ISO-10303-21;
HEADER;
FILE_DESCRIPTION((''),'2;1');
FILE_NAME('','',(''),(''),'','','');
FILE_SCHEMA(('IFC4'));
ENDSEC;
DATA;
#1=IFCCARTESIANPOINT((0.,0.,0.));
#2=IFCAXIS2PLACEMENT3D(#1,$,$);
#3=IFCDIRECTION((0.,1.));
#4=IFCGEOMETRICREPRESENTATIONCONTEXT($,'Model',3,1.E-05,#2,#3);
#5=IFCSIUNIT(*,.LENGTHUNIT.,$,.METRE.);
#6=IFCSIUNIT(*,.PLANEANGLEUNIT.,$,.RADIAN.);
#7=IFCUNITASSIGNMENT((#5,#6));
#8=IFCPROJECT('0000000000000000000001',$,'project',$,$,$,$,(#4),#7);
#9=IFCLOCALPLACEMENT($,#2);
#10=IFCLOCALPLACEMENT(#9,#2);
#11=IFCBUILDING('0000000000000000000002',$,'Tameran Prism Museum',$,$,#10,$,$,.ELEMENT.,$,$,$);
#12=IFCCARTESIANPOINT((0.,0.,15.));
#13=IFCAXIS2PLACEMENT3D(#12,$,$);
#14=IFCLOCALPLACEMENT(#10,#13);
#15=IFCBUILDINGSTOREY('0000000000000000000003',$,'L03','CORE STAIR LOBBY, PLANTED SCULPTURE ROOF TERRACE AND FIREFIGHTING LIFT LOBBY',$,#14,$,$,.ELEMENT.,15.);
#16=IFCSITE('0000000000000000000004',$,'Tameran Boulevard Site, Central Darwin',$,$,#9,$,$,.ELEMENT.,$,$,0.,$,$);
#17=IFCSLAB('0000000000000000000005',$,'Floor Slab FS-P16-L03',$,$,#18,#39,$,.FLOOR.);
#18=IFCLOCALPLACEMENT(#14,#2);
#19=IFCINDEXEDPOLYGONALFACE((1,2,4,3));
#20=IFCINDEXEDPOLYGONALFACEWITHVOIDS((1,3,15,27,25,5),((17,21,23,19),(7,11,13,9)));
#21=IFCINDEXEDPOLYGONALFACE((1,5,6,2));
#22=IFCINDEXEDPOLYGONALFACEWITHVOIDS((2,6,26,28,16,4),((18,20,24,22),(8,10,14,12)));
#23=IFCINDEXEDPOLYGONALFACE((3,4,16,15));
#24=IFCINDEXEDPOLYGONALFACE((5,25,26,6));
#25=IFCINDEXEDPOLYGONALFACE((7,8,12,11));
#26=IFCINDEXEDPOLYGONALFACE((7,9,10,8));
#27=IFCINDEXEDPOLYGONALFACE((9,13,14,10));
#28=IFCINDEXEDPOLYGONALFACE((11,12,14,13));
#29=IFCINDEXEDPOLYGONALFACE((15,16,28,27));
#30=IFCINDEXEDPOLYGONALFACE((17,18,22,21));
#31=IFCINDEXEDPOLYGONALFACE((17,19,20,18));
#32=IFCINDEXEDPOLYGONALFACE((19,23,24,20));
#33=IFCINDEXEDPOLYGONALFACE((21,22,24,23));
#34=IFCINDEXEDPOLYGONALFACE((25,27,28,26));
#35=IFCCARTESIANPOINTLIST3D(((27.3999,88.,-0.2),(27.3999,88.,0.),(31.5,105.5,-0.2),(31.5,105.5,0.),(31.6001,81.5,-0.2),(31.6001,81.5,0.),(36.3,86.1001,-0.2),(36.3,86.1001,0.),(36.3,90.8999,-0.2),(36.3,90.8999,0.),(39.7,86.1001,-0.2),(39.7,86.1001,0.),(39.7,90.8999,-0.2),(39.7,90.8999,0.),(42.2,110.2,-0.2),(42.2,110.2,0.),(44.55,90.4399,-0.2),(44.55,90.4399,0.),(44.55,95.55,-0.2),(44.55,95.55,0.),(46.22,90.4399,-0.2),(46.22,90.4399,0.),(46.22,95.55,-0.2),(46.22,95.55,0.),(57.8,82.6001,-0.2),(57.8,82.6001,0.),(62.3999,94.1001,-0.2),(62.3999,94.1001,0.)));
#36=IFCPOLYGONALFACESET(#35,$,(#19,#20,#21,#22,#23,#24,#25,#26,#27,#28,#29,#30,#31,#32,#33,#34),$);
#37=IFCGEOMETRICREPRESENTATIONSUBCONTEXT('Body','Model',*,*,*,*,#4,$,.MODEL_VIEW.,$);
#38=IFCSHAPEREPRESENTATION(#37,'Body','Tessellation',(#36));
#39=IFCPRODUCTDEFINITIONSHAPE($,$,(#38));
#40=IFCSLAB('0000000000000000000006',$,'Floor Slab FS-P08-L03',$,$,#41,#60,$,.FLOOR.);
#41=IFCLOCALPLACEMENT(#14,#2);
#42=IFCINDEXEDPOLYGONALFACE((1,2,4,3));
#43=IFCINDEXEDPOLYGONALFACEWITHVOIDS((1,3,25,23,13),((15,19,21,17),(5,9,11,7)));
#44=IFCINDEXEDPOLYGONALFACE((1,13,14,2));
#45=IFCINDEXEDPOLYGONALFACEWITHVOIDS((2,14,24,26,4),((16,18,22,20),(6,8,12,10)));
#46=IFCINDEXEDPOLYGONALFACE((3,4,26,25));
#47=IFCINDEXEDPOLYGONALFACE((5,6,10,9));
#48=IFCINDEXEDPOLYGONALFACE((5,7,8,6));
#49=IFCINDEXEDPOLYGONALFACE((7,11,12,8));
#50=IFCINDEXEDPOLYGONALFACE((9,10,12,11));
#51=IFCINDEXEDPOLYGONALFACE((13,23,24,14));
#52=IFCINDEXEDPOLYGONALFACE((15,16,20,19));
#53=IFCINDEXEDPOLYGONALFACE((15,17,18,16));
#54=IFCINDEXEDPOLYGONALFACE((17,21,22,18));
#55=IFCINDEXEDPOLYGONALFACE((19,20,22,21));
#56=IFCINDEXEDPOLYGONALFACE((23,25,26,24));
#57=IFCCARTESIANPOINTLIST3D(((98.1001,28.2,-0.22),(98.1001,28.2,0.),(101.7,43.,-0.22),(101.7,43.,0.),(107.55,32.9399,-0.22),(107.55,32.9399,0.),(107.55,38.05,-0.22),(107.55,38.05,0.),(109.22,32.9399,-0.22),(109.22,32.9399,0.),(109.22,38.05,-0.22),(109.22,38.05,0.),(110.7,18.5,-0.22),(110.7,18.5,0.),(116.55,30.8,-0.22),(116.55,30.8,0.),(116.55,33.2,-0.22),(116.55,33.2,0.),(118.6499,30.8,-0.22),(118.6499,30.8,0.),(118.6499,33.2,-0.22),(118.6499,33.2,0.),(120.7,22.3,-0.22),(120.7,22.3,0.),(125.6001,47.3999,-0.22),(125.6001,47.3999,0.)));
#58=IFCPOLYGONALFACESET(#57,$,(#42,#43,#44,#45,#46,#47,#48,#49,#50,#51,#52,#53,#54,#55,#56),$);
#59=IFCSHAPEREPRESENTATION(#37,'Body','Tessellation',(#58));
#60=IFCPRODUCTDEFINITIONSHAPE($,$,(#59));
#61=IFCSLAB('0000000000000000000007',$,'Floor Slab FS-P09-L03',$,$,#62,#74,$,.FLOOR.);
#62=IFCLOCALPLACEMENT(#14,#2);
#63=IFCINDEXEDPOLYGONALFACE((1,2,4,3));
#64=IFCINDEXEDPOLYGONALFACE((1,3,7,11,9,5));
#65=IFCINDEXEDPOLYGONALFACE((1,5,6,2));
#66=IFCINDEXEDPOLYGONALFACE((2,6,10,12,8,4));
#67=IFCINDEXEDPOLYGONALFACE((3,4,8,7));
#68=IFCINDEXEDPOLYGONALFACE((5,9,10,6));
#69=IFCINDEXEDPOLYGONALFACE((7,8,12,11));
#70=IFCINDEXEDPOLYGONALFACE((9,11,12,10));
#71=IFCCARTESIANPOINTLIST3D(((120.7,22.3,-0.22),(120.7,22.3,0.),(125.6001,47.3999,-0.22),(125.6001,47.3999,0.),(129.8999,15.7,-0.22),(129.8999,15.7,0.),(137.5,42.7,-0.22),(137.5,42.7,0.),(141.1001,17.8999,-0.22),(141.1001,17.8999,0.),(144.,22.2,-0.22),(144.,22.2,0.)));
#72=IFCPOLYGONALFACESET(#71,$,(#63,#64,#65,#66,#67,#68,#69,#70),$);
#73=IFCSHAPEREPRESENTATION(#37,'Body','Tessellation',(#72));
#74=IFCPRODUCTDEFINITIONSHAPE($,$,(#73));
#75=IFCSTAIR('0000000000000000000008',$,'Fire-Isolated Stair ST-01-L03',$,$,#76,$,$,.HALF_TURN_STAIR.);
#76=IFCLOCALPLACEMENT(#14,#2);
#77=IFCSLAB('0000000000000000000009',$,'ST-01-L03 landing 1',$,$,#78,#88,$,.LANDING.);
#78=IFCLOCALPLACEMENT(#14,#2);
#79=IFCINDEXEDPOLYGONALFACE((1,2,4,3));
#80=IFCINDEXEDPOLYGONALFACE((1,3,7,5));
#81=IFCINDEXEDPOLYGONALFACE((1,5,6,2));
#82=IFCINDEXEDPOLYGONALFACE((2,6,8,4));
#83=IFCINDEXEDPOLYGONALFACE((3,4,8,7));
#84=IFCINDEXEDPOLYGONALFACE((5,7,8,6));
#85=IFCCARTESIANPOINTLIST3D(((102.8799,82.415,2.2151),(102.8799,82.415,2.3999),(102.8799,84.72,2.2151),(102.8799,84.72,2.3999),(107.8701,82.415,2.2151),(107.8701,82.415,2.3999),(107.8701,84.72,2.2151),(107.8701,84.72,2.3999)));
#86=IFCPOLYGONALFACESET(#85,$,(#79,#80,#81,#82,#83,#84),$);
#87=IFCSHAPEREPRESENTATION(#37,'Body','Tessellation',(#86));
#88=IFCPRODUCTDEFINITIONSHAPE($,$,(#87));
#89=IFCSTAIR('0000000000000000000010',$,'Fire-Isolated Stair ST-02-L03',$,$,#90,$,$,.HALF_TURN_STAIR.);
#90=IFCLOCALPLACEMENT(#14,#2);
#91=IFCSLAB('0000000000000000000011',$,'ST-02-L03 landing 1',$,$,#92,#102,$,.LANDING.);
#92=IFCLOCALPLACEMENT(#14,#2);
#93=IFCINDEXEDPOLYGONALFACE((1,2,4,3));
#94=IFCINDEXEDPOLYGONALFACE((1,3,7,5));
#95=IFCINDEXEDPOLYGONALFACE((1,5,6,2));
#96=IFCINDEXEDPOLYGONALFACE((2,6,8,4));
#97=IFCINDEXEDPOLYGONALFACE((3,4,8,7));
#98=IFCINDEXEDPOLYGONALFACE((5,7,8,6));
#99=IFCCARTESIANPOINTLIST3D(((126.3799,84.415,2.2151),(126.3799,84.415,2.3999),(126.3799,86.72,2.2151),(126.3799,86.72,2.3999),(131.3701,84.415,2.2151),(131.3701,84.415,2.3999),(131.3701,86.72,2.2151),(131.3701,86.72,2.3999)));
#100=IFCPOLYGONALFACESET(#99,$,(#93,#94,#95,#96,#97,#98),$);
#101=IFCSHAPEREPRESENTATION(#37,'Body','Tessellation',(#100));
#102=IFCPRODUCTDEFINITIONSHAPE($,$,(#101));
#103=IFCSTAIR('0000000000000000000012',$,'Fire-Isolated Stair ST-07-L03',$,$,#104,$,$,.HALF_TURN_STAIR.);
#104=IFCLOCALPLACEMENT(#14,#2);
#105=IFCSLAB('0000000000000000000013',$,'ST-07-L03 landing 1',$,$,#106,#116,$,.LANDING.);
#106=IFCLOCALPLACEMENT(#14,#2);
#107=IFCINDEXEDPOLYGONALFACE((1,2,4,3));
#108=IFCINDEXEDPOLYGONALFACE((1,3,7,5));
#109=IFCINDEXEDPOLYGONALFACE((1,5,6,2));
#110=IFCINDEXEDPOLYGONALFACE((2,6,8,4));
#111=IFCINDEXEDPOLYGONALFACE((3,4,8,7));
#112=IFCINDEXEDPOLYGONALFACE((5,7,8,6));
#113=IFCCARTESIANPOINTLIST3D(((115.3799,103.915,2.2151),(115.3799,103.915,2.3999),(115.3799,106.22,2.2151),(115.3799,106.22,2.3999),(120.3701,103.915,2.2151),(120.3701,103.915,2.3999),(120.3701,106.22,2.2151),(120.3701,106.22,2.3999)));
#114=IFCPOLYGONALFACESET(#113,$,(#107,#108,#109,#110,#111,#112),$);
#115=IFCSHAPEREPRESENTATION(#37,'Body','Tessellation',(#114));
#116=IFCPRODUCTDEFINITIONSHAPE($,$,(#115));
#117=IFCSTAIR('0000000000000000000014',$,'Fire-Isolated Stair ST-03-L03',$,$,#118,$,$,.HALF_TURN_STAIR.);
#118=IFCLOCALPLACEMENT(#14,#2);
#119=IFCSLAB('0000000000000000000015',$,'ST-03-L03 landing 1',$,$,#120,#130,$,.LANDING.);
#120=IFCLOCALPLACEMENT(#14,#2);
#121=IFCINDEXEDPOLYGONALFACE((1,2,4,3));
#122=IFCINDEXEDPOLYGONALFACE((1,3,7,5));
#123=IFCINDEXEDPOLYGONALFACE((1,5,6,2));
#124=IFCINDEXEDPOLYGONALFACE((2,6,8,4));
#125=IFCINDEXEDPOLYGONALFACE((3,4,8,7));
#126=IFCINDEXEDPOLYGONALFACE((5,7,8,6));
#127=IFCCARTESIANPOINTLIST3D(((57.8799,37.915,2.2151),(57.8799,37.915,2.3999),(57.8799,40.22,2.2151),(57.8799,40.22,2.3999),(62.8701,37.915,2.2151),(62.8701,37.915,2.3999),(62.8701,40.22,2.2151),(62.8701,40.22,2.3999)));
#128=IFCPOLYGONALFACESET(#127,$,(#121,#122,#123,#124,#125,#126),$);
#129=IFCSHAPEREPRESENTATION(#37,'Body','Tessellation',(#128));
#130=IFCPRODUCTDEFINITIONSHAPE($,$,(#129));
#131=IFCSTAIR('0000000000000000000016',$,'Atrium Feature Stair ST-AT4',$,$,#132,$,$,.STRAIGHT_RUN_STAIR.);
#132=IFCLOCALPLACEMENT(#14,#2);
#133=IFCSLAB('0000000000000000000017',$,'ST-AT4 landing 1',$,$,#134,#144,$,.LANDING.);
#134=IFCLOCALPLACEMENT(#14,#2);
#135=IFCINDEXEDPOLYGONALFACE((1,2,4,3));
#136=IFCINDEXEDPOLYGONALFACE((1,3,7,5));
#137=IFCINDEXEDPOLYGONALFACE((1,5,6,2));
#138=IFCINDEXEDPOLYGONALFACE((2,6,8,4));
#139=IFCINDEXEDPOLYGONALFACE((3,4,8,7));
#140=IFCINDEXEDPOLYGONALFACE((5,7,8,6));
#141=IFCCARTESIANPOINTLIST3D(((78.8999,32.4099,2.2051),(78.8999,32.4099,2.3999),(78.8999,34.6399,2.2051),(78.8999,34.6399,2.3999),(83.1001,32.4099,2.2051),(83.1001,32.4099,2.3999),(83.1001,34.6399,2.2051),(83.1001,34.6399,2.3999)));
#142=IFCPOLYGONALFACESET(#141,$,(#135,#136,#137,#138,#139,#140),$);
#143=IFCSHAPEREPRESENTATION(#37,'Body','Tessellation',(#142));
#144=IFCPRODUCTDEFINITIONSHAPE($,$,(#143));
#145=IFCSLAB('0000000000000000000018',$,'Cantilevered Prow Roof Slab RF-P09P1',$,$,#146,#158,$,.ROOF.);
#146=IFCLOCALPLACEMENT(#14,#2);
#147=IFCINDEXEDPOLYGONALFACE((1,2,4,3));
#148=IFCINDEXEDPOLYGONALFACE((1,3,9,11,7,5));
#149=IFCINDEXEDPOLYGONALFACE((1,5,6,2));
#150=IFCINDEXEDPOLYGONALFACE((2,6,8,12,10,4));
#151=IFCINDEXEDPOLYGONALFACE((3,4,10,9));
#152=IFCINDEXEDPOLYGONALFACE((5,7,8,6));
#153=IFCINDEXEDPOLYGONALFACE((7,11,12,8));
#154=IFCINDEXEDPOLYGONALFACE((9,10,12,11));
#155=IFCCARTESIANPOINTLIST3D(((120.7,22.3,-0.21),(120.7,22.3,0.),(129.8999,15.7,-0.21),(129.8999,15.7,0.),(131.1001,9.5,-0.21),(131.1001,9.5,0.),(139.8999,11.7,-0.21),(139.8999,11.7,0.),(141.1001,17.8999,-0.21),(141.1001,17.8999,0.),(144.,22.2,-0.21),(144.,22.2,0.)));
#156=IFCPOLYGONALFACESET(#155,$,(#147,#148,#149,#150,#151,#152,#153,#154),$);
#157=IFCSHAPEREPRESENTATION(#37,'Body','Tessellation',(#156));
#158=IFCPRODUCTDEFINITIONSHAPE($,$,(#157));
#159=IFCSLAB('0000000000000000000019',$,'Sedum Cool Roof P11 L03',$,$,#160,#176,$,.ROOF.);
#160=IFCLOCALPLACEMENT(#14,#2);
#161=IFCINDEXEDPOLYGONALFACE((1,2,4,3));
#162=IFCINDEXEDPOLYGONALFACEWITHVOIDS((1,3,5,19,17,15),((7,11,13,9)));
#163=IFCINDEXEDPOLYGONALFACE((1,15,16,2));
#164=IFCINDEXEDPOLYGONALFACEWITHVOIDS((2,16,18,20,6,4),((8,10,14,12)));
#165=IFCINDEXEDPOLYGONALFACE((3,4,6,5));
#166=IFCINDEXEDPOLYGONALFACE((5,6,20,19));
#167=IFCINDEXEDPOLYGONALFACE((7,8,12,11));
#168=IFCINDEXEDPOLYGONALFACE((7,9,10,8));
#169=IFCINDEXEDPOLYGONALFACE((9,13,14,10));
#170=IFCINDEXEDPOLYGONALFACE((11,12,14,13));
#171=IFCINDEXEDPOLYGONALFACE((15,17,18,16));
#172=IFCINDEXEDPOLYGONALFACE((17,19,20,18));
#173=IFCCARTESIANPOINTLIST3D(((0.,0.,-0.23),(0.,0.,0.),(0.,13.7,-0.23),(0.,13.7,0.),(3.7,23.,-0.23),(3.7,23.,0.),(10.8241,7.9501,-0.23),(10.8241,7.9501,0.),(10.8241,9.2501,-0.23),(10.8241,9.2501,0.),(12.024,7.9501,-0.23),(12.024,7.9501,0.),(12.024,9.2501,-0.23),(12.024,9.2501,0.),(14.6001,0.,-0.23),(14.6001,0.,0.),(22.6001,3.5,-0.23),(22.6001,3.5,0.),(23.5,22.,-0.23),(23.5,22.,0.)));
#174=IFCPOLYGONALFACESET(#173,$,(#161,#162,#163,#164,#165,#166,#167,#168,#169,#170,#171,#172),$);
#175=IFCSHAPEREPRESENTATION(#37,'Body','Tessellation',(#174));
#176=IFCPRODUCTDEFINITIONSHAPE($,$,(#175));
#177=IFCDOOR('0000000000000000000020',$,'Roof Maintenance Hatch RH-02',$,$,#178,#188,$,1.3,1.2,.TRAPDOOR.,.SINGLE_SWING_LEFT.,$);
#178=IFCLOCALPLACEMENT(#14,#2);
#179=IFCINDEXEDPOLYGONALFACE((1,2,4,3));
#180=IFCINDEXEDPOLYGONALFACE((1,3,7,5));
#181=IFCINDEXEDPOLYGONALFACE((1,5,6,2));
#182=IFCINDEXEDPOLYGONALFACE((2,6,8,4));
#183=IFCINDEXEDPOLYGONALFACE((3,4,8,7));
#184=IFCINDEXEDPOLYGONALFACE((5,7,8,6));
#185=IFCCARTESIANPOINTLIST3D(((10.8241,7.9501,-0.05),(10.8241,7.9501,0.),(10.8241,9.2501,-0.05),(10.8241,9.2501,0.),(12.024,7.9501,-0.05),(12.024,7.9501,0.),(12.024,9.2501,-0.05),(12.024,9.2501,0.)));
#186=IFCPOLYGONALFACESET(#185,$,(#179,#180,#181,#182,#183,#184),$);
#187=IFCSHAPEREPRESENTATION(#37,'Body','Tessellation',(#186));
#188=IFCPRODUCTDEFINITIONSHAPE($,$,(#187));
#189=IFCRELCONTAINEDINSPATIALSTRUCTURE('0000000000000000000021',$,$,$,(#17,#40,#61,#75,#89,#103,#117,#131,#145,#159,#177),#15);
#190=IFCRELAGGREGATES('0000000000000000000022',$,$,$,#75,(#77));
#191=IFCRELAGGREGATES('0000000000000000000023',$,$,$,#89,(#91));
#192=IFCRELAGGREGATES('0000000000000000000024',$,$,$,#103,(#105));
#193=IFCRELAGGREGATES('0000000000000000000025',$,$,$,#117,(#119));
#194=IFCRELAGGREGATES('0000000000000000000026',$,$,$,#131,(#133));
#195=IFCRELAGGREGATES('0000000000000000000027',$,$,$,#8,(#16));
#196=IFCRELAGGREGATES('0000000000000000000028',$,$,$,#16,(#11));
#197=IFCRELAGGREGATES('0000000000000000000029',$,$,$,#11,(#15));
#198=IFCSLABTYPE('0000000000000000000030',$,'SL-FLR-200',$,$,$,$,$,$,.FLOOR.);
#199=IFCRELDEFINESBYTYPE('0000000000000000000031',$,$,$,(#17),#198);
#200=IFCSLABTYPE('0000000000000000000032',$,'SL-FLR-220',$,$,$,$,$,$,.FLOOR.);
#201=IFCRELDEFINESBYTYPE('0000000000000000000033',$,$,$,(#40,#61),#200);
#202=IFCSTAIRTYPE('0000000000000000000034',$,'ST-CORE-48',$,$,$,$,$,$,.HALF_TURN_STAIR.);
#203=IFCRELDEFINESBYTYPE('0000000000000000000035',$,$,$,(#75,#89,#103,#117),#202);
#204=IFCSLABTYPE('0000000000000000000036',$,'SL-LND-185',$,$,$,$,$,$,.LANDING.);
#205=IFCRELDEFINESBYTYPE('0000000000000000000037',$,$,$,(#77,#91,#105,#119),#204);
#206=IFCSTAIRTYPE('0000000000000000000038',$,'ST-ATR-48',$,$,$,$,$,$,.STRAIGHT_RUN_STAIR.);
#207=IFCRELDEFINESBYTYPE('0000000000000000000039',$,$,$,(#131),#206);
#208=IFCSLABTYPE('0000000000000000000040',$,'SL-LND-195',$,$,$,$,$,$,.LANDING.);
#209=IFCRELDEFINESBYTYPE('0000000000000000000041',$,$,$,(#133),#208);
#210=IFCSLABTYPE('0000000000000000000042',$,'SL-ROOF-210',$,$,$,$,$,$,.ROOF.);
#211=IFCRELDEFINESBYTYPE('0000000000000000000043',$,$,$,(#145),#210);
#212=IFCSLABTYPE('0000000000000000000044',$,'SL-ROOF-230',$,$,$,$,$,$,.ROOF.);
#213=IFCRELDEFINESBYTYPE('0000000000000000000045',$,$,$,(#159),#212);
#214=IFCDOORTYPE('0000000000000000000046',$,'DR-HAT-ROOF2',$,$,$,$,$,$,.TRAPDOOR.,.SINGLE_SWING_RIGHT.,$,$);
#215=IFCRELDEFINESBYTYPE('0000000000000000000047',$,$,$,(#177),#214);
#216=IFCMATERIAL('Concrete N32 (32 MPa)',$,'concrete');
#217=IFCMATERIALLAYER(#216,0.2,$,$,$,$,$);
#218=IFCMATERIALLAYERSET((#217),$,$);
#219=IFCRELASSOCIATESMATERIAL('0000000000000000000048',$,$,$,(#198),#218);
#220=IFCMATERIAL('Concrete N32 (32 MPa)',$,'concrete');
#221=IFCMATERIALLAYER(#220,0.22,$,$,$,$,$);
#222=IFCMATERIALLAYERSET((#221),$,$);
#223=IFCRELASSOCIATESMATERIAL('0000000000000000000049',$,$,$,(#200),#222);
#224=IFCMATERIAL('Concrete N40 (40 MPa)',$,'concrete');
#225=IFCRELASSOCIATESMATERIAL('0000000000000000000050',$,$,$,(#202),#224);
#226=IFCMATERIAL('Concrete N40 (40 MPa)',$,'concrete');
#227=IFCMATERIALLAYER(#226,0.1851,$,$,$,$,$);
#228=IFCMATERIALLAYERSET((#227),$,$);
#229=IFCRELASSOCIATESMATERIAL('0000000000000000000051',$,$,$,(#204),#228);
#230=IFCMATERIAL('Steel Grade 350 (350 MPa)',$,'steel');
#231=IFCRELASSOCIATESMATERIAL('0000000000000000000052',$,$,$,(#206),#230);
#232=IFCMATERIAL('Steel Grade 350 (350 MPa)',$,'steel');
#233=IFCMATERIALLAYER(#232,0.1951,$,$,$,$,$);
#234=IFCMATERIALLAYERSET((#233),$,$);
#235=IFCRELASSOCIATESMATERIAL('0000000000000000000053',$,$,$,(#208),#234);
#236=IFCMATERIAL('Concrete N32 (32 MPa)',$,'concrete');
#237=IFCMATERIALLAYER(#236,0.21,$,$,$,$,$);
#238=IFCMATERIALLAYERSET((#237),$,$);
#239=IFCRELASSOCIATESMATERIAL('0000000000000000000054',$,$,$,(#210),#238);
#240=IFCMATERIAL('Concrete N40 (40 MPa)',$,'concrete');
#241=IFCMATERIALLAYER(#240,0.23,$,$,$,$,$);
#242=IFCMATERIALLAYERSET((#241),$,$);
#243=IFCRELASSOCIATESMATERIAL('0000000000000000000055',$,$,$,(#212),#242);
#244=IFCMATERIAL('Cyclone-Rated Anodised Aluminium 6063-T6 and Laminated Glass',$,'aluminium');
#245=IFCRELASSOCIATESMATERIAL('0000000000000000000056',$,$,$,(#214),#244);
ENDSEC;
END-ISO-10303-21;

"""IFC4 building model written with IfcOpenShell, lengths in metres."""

from ifc_helpers import new_model, si_unit, direction, frame, origin, origin_2d, place, context, subcontext, project, spatial, polyline, rectangle, outline, extrude, material, layer, layer_set, type_object, element, fill, aggregate, save


model = new_model("IFC4")

# Units and contexts
model_context = context("Model", 3, precision=1e-05, world=origin(), true_north=direction((0.0, 1.0)))
body_context = subcontext(model_context, "Body", "Model", "MODEL_VIEW")
ifc_project = project(units=[si_unit("LENGTHUNIT", "METRE"), si_unit("PLANEANGLEUNIT", "RADIAN")], contexts=[model_context])

# Site, building, storey
site_placement = place(None, origin())
site = spatial("IfcSite", under=ifc_project, at=site_placement, Name="Tameran Boulevard Site, Central Darwin", CompositionType="ELEMENT", RefElevation=0.0)
building_placement = place(site_placement, origin())
building = spatial("IfcBuilding", under=site, at=building_placement, Name="Tameran Prism Museum", CompositionType="ELEMENT")
storey_placement = place(building_placement, frame((0.0, 0.0, 15.0)))
storey = spatial("IfcBuildingStorey", under=building, at=storey_placement, Name="L03", Description="CORE STAIR LOBBY, PLANTED SCULPTURE ROOF TERRACE AND FIREFIGHTING LIFT LOBBY", CompositionType="ELEMENT", Elevation=15.0)

# Slabs
ifc_material_1 = material(Name="Concrete N32 (32 MPa)", Category="concrete")
ifc_layer_1 = layer(ifc_material_1, 0.2)
ifc_layer_set_1 = layer_set([ifc_layer_1])
slab_type_1 = type_object("IfcSlabType", Name="SL-FLR-200", PredefinedType="FLOOR", material=ifc_layer_set_1)
slab_1_placement = place(storey_placement, frame((0.0, 0.0, -0.2)))
element("IfcSlab", 1, at=slab_1_placement, inside=storey, type_object=slab_type_1, Name="Floor Slab FS-P16-L03", PredefinedType="FLOOR", context=body_context, shape_type="SweptSolid", body=[
    extrude(outline(polyline([(27.3999, 88.0), (31.5, 105.5), (42.2, 110.2), (62.3999, 94.1001), (57.8, 82.6001), (31.6001, 81.5), (27.3999, 88.0)]), holes=[polyline([(39.7, 86.1001), (39.7, 90.8999), (36.3, 90.8999), (36.3, 86.1001), (39.7, 86.1001)]), polyline([(46.22, 90.4399), (46.22, 95.55), (44.55, 95.55), (44.55, 90.4399), (46.22, 90.4399)])]), origin(), (0.0, 0.0, 1.0), 0.2),
])
ifc_material_2 = material(Name="Concrete N32 (32 MPa)", Category="concrete")
ifc_layer_2 = layer(ifc_material_2, 0.22)
ifc_layer_set_2 = layer_set([ifc_layer_2])
slab_type_2 = type_object("IfcSlabType", Name="SL-FLR-220", PredefinedType="FLOOR", material=ifc_layer_set_2)
slab_2_placement = place(storey_placement, frame((0.0, 0.0, -0.22)))
element("IfcSlab", 2, at=slab_2_placement, inside=storey, type_object=slab_type_2, Name="Floor Slab FS-P08-L03", PredefinedType="FLOOR", context=body_context, shape_type="SweptSolid", body=[
    extrude(outline(polyline([(101.7, 43.0), (125.6001, 47.3999), (120.7, 22.3), (110.7, 18.5), (98.1001, 28.2), (101.7, 43.0)]), holes=[polyline([(118.6499, 30.8), (118.6499, 33.2), (116.55, 33.2), (116.55, 30.8), (118.6499, 30.8)]), polyline([(109.22, 32.9399), (109.22, 38.05), (107.55, 38.05), (107.55, 32.9399), (109.22, 32.9399)])]), origin(), (0.0, 0.0, 1.0), 0.22),
])
slab_3_placement = place(storey_placement, frame((0.0, 0.0, -0.22)))
element("IfcSlab", 3, at=slab_3_placement, inside=storey, type_object=slab_type_2, Name="Floor Slab FS-P09-L03", PredefinedType="FLOOR", context=body_context, shape_type="SweptSolid", body=[
    extrude(outline(polyline([(137.5, 42.7), (125.6001, 47.3999), (120.7, 22.3), (129.8999, 15.7), (141.1001, 17.8999), (144.0, 22.2), (137.5, 42.7)])), origin(), (0.0, 0.0, 1.0), 0.22),
])

# Stairs, slabs
ifc_material_3 = material(Name="Concrete N40 (40 MPa)", Category="concrete")
stair_type_1 = type_object("IfcStairType", Name="ST-CORE-48", PredefinedType="HALF_TURN_STAIR", material=ifc_material_3)
stair_1_placement = place(storey_placement, origin())
stair_1 = element("IfcStair", 4, at=stair_1_placement, inside=storey, type_object=stair_type_1, Name="Fire-Isolated Stair ST-01-L03", PredefinedType="HALF_TURN_STAIR")
ifc_material_4 = material(Name="Concrete N40 (40 MPa)", Category="concrete")
ifc_layer_3 = layer(ifc_material_4, 0.1851)
ifc_layer_set_3 = layer_set([ifc_layer_3])
slab_type_3 = type_object("IfcSlabType", Name="SL-LND-185", PredefinedType="LANDING", material=ifc_layer_set_3)
slab_4_placement = place(storey_placement, frame((0.0, 0.0, 2.2151)))
slab_4 = element("IfcSlab", 5, at=slab_4_placement, type_object=slab_type_3, Name="ST-01-L03 landing 1", PredefinedType="LANDING", context=body_context, shape_type="SweptSolid", body=[
    extrude(outline(polyline([(102.8799, 82.415), (107.8701, 82.415), (107.8701, 84.72), (102.8799, 84.72), (102.8799, 82.415)])), origin(), (0.0, 0.0, 1.0), 0.1848),
])
aggregate(stair_1, [slab_4])
stair_2_placement = place(storey_placement, origin())
stair_2 = element("IfcStair", 6, at=stair_2_placement, inside=storey, type_object=stair_type_1, Name="Fire-Isolated Stair ST-02-L03", PredefinedType="HALF_TURN_STAIR")
slab_5_placement = place(storey_placement, frame((0.0, 0.0, 2.2151)))
slab_5 = element("IfcSlab", 7, at=slab_5_placement, type_object=slab_type_3, Name="ST-02-L03 landing 1", PredefinedType="LANDING", context=body_context, shape_type="SweptSolid", body=[
    extrude(outline(polyline([(126.3799, 84.415), (131.3701, 84.415), (131.3701, 86.72), (126.3799, 86.72), (126.3799, 84.415)])), origin(), (0.0, 0.0, 1.0), 0.1848),
])
aggregate(stair_2, [slab_5])
stair_3_placement = place(storey_placement, origin())
stair_3 = element("IfcStair", 8, at=stair_3_placement, inside=storey, type_object=stair_type_1, Name="Fire-Isolated Stair ST-07-L03", PredefinedType="HALF_TURN_STAIR")
slab_6_placement = place(storey_placement, frame((0.0, 0.0, 2.2151)))
slab_6 = element("IfcSlab", 9, at=slab_6_placement, type_object=slab_type_3, Name="ST-07-L03 landing 1", PredefinedType="LANDING", context=body_context, shape_type="SweptSolid", body=[
    extrude(outline(polyline([(115.3799, 103.915), (120.3701, 103.915), (120.3701, 106.22), (115.3799, 106.22), (115.3799, 103.915)])), origin(), (0.0, 0.0, 1.0), 0.1848),
])
aggregate(stair_3, [slab_6])
stair_4_placement = place(storey_placement, origin())
stair_4 = element("IfcStair", 10, at=stair_4_placement, inside=storey, type_object=stair_type_1, Name="Fire-Isolated Stair ST-03-L03", PredefinedType="HALF_TURN_STAIR")
slab_7_placement = place(storey_placement, frame((0.0, 0.0, 2.2151)))
slab_7 = element("IfcSlab", 11, at=slab_7_placement, type_object=slab_type_3, Name="ST-03-L03 landing 1", PredefinedType="LANDING", context=body_context, shape_type="SweptSolid", body=[
    extrude(outline(polyline([(57.8799, 37.915), (62.8701, 37.915), (62.8701, 40.22), (57.8799, 40.22), (57.8799, 37.915)])), origin(), (0.0, 0.0, 1.0), 0.1848),
])
aggregate(stair_4, [slab_7])
ifc_material_5 = material(Name="Steel Grade 350 (350 MPa)", Category="steel")
stair_type_2 = type_object("IfcStairType", Name="ST-ATR-48", PredefinedType="STRAIGHT_RUN_STAIR", material=ifc_material_5)
stair_5_placement = place(storey_placement, origin())
stair_5 = element("IfcStair", 12, at=stair_5_placement, inside=storey, type_object=stair_type_2, Name="Atrium Feature Stair ST-AT4", PredefinedType="STRAIGHT_RUN_STAIR")
ifc_material_6 = material(Name="Steel Grade 350 (350 MPa)", Category="steel")
ifc_layer_4 = layer(ifc_material_6, 0.1951)
ifc_layer_set_4 = layer_set([ifc_layer_4])
slab_type_4 = type_object("IfcSlabType", Name="SL-LND-195", PredefinedType="LANDING", material=ifc_layer_set_4)
slab_8_placement = place(storey_placement, frame((0.0, 0.0, 2.2051)))
slab_8 = element("IfcSlab", 13, at=slab_8_placement, type_object=slab_type_4, Name="ST-AT4 landing 1", PredefinedType="LANDING", context=body_context, shape_type="SweptSolid", body=[
    extrude(outline(polyline([(78.8999, 32.4099), (83.1001, 32.4099), (83.1001, 34.6399), (78.8999, 34.6399), (78.8999, 32.4099)])), origin(), (0.0, 0.0, 1.0), 0.1948),
])
aggregate(stair_5, [slab_8])

# Slab
ifc_material_7 = material(Name="Concrete N32 (32 MPa)", Category="concrete")
ifc_layer_5 = layer(ifc_material_7, 0.21)
ifc_layer_set_5 = layer_set([ifc_layer_5])
slab_type_5 = type_object("IfcSlabType", Name="SL-ROOF-210", PredefinedType="ROOF", material=ifc_layer_set_5)
slab_9_placement = place(storey_placement, frame((0.0, 0.0, -0.21)))
element("IfcSlab", 14, at=slab_9_placement, inside=storey, type_object=slab_type_5, Name="Cantilevered Prow Roof Slab RF-P09P1", PredefinedType="ROOF", context=body_context, shape_type="SweptSolid", body=[
    extrude(outline(polyline([(139.8999, 11.7), (131.1001, 9.5), (120.7, 22.3), (129.8999, 15.7), (141.1001, 17.8999), (144.0, 22.2), (139.8999, 11.7)])), origin(), (0.0, 0.0, 1.0), 0.21),
])

# Slab, opening, door
ifc_material_8 = material(Name="Concrete N40 (40 MPa)", Category="concrete")
ifc_layer_6 = layer(ifc_material_8, 0.23)
ifc_layer_set_6 = layer_set([ifc_layer_6])
slab_type_6 = type_object("IfcSlabType", Name="SL-ROOF-230", PredefinedType="ROOF", material=ifc_layer_set_6)
slab_10_placement = place(storey_placement, frame((0.0, 0.0, -0.23)))
slab_10 = element("IfcSlab", 15, at=slab_10_placement, inside=storey, type_object=slab_type_6, Name="Sedum Cool Roof P11 L03", PredefinedType="ROOF", context=body_context, shape_type="SweptSolid", body=[
    extrude(outline(polyline([(23.5, 22.0), (3.7, 23.0), (0.0, 13.7), (0.0, 0.0), (14.6001, 0.0), (22.6001, 3.5), (23.5, 22.0)])), origin(), (0.0, 0.0, 1.0), 0.23),
])
opening_1_placement = place(slab_10_placement, frame((11.4241, 8.6001, 0.0)))
opening_1 = element("IfcOpeningElement", 16, at=opening_1_placement, cuts=slab_10, PredefinedType="OPENING", context=body_context, shape_type="SweptSolid", body=[
    extrude(rectangle(XDim=1.2, YDim=1.3, at=origin_2d()), frame((0.0, 0.0, -0.01)), (0.0, 0.0, 1.0), 0.25),
])
ifc_material_9 = material(Name="Cyclone-Rated Anodised Aluminium 6063-T6 and Laminated Glass", Category="aluminium")
door_type_1 = type_object("IfcDoorType", Name="DR-HAT-ROOF2", OperationType="SINGLE_SWING_RIGHT", PredefinedType="TRAPDOOR", material=ifc_material_9)
door_1_placement = place(opening_1_placement, frame((0.0, 0.0, 0.1799)))
door_1 = element("IfcDoor", 17, at=door_1_placement, inside=storey, type_object=door_type_1, Name="Roof Maintenance Hatch RH-02", OperationType="SINGLE_SWING_LEFT", OverallHeight=1.3, OverallWidth=1.2, PredefinedType="TRAPDOOR", context=body_context, shape_type="SweptSolid", body=[
    extrude(rectangle(XDim=1.2, YDim=1.3, at=origin_2d()), origin(), (0.0, 0.0, 1.0), 0.05),
])
fill(opening_1, door_1)

save(model, "model.ifc")
